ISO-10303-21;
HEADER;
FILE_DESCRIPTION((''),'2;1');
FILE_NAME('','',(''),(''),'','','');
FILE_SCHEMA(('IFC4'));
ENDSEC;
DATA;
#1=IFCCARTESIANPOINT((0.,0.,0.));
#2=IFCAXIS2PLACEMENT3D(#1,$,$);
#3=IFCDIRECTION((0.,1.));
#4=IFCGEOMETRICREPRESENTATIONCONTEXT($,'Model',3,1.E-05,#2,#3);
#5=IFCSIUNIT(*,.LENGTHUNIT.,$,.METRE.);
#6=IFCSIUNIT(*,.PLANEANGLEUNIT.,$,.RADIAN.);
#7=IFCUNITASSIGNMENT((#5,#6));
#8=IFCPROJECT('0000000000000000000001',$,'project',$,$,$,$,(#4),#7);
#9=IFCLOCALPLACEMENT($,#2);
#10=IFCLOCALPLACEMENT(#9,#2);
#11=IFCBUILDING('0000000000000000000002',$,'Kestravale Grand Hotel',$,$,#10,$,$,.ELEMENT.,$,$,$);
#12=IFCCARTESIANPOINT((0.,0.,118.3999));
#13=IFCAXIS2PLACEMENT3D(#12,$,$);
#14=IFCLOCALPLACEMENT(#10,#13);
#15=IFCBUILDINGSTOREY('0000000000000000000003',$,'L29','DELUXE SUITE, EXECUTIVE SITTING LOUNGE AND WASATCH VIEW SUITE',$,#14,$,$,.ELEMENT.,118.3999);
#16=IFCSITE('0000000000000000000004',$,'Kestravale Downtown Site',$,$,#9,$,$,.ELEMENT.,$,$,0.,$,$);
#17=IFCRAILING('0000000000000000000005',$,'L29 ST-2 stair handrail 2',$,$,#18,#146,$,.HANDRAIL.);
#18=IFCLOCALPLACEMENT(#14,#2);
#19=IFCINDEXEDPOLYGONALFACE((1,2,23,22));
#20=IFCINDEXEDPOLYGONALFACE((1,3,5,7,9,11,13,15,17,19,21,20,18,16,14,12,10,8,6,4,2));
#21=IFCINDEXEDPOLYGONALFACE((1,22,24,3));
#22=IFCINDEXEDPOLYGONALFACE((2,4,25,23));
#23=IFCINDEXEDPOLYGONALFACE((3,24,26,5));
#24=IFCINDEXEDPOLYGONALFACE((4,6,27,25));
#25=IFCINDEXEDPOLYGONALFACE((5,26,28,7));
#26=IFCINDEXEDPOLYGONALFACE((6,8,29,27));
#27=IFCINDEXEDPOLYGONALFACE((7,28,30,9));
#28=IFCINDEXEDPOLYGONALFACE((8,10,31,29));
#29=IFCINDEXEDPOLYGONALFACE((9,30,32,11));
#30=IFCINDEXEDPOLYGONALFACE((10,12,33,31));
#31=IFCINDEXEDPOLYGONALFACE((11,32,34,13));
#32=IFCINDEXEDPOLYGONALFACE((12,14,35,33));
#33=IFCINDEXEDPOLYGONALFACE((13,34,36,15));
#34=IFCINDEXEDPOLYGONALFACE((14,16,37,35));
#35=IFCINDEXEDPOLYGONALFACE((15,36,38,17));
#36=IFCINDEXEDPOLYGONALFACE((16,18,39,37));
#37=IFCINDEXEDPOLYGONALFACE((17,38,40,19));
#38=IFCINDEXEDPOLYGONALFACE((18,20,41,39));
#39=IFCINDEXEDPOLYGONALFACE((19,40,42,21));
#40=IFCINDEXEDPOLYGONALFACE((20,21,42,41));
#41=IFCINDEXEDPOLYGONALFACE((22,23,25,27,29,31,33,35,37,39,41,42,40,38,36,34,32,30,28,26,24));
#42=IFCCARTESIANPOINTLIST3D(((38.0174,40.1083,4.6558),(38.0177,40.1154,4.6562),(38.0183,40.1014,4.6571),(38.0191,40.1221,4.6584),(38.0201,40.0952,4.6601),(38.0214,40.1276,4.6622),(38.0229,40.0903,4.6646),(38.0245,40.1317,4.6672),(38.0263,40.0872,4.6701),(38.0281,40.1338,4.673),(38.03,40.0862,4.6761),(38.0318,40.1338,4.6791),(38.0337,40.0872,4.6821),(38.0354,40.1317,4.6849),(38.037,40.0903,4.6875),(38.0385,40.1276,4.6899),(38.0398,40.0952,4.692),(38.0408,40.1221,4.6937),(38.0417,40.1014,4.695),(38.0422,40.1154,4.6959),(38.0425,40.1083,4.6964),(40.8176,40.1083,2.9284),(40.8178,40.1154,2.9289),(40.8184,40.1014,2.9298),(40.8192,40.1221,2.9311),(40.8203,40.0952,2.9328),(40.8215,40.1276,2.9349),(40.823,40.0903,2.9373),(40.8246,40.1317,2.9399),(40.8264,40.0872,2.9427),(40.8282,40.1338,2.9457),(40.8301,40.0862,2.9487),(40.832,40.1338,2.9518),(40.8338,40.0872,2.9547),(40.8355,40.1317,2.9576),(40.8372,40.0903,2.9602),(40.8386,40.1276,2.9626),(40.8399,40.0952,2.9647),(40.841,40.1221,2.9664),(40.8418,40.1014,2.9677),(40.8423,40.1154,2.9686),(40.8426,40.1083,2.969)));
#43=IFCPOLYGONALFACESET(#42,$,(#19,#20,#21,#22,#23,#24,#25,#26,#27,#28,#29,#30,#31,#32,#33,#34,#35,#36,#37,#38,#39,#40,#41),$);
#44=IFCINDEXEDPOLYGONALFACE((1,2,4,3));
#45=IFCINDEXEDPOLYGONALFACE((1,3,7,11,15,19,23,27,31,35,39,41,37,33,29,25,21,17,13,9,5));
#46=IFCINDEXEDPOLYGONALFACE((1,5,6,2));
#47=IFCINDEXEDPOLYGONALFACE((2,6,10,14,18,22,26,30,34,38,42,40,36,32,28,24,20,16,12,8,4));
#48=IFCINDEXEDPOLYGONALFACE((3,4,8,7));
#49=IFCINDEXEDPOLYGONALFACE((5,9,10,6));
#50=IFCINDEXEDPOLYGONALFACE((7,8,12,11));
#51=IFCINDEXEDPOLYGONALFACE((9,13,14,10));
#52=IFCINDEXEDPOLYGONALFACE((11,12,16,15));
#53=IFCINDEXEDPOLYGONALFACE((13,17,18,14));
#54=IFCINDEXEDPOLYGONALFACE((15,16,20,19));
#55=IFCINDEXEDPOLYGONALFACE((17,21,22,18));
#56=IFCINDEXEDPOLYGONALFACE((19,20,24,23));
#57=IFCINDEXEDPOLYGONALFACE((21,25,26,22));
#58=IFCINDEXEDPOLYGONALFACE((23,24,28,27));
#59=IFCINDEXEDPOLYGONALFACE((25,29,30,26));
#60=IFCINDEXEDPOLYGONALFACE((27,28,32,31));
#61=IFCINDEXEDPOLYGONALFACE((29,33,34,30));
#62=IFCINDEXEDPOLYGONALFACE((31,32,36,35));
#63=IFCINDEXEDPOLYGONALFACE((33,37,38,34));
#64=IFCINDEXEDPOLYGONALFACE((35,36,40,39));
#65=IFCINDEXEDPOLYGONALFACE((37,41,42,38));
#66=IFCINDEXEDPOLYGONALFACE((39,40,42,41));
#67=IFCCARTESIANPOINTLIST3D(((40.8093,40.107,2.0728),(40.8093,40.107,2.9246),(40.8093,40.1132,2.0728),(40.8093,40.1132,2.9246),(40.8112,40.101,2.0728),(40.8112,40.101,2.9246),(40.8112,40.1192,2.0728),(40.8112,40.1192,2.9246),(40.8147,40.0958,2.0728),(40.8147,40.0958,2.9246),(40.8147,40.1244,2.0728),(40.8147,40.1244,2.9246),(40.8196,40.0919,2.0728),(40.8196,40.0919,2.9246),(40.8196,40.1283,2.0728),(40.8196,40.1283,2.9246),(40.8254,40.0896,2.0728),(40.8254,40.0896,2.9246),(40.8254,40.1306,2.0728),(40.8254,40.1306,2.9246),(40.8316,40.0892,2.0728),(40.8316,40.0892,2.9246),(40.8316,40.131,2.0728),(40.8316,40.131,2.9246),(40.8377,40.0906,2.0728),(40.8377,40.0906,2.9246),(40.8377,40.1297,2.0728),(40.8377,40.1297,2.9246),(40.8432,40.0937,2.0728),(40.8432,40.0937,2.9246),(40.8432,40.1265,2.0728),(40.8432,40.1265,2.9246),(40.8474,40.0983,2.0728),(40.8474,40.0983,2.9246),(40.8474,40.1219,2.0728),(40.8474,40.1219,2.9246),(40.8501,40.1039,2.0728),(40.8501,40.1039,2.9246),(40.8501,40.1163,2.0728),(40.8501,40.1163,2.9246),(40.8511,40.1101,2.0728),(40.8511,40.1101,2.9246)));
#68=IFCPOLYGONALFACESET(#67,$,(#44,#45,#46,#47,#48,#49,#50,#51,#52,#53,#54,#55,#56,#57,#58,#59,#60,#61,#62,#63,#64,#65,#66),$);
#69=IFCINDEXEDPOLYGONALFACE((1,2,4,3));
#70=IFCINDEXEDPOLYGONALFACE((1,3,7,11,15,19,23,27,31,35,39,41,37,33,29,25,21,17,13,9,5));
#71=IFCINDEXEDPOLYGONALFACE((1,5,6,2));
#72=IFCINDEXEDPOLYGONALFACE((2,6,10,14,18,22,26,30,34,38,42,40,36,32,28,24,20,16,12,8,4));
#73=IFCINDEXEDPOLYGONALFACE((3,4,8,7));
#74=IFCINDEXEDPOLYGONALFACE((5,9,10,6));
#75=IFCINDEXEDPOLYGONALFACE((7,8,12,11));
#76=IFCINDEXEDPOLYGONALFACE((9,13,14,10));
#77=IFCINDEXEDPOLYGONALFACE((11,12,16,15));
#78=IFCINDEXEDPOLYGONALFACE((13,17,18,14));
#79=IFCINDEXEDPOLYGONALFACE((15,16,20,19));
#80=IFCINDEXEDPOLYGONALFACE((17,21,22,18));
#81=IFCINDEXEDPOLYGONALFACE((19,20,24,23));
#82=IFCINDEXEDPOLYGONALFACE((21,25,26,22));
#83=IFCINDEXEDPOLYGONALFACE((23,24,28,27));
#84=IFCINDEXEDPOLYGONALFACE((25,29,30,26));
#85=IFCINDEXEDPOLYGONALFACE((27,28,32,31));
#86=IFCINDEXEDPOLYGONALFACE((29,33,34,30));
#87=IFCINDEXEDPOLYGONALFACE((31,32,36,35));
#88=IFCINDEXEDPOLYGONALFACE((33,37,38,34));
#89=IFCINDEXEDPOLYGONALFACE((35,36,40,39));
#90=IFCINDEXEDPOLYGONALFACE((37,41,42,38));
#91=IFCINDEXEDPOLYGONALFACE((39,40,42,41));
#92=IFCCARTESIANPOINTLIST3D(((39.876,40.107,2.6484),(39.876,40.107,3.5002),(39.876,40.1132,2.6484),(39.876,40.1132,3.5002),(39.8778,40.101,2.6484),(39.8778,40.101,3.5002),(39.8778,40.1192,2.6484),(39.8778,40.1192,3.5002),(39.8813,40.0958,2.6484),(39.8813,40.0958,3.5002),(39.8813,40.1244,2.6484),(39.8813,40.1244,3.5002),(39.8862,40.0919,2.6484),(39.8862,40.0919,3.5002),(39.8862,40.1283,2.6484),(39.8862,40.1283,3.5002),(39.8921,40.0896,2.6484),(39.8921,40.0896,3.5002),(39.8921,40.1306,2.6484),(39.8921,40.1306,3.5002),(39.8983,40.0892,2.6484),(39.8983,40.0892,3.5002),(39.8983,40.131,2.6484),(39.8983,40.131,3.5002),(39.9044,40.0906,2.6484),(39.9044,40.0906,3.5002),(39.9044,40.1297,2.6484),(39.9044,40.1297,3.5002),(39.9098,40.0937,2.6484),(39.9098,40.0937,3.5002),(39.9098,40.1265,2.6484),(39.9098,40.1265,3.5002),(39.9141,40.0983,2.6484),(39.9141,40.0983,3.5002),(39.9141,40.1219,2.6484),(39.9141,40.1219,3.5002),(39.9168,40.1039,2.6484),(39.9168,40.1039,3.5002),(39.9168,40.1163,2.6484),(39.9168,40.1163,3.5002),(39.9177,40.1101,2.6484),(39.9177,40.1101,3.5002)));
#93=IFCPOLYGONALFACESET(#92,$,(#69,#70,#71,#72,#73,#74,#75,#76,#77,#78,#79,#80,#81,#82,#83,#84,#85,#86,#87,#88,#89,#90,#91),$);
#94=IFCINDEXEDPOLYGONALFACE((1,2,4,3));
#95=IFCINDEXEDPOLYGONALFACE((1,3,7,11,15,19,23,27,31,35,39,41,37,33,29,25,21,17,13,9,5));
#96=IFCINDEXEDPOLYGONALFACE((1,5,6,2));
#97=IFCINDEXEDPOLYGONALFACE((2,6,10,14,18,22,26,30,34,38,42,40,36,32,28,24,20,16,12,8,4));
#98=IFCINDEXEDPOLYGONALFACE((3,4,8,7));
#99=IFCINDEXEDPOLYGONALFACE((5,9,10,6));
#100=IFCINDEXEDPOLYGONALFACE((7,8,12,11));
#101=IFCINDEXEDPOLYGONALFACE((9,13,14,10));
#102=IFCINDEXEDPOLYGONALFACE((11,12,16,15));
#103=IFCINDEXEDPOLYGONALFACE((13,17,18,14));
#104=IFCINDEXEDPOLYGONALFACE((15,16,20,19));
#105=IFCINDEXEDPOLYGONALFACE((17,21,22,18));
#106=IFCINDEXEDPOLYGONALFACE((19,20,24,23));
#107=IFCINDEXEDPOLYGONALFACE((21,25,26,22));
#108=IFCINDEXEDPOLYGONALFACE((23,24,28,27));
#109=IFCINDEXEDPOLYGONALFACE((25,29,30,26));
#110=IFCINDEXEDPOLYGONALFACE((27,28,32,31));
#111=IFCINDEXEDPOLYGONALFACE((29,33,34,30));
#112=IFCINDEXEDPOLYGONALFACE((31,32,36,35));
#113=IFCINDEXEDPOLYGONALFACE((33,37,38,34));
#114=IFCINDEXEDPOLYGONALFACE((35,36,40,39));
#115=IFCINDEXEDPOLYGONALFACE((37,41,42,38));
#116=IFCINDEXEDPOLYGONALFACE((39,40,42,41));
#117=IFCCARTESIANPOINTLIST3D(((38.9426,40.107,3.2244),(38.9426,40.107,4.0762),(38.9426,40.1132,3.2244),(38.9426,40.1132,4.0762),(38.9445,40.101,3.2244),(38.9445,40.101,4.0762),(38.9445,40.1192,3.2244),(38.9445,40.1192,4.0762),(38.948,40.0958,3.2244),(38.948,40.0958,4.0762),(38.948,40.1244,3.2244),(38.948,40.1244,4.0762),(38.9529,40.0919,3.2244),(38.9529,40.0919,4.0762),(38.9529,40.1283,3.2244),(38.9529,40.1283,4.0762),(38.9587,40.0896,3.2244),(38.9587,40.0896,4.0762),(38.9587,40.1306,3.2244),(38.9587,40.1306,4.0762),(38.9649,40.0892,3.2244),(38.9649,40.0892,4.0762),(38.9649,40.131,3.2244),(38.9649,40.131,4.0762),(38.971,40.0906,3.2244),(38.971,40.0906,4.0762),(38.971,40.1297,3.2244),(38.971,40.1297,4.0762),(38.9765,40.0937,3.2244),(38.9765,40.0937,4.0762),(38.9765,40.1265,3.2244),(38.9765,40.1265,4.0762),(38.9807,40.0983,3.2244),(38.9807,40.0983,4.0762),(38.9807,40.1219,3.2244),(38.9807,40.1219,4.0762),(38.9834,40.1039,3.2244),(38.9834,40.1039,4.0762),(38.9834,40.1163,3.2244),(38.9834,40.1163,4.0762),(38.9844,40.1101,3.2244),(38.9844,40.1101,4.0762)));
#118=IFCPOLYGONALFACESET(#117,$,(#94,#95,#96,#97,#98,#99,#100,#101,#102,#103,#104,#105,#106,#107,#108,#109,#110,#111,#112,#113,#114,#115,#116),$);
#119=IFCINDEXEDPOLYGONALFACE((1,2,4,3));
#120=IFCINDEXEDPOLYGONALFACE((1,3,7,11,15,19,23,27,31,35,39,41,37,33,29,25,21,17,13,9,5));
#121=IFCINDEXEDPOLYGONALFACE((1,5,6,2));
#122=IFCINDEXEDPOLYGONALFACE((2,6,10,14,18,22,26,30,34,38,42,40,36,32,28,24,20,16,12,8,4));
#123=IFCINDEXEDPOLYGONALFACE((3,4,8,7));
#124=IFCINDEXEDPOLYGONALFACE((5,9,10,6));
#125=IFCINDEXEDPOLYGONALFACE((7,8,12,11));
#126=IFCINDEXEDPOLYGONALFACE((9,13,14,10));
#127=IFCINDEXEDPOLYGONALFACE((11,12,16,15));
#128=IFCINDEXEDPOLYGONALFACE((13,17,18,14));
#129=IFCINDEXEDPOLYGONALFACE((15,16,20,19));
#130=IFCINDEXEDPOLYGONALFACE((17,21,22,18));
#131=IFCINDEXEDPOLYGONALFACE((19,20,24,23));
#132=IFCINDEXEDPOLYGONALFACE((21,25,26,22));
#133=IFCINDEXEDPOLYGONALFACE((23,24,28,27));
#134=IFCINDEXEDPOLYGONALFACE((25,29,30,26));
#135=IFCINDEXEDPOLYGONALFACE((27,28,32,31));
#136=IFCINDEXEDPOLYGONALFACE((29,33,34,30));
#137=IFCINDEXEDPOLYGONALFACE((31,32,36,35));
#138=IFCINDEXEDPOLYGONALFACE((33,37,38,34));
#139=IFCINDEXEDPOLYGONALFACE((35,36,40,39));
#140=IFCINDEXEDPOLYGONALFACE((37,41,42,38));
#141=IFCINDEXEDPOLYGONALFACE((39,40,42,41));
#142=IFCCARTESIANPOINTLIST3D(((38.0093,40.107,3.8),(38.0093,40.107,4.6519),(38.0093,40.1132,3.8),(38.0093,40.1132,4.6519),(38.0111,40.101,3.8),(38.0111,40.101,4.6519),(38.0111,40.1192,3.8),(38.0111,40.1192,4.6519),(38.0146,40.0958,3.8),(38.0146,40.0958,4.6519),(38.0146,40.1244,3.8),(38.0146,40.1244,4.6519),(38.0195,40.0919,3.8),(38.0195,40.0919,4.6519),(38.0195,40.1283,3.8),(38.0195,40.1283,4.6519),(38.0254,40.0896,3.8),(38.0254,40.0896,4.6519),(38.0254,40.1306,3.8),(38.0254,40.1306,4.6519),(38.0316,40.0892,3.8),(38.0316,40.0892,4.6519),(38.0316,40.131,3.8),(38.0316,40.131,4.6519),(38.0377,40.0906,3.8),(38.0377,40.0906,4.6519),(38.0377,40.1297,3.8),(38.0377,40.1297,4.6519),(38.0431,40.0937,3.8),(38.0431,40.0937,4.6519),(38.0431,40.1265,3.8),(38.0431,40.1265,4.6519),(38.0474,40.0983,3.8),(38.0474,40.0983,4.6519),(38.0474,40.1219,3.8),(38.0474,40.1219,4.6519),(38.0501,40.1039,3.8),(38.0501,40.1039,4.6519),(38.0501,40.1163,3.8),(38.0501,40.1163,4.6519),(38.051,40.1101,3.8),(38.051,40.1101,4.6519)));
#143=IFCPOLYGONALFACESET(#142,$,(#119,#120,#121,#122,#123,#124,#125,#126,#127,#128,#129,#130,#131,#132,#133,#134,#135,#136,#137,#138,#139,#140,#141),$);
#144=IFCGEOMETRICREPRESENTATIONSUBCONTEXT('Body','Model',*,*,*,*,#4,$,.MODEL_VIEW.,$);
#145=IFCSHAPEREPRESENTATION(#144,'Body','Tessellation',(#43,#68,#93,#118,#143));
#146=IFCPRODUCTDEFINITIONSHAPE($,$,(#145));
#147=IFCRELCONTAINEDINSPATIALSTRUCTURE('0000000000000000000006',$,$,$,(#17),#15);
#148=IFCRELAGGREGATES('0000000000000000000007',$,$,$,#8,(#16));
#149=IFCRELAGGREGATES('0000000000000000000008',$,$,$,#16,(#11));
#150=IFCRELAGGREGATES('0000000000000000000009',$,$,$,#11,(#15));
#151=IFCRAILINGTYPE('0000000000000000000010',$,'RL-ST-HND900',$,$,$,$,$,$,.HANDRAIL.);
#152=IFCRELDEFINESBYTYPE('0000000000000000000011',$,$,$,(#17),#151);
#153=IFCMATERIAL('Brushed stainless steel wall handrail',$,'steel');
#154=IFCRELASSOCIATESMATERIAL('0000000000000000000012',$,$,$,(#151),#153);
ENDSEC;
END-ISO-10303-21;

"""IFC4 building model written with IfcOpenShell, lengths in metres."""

from ifc_helpers import new_model, si_unit, direction, frame, origin, origin_2d, place, context, subcontext, project, spatial, circle, extrude, material, type_object, element, save


model = new_model("IFC4")

# Units and contexts
model_context = context("Model", 3, precision=1e-05, world=origin(), true_north=direction((0.0, 1.0)))
body_context = subcontext(model_context, "Body", "Model", "MODEL_VIEW")
ifc_project = project(units=[si_unit("LENGTHUNIT", "METRE"), si_unit("PLANEANGLEUNIT", "RADIAN")], contexts=[model_context])

# Site, building, storey
site_placement = place(None, origin())
site = spatial("IfcSite", under=ifc_project, at=site_placement, Name="Kestravale Downtown Site", CompositionType="ELEMENT", RefElevation=0.0)
building_placement = place(site_placement, origin())
building = spatial("IfcBuilding", under=site, at=building_placement, Name="Kestravale Grand Hotel", CompositionType="ELEMENT")
storey_placement = place(building_placement, frame((0.0, 0.0, 118.3999)))
storey = spatial("IfcBuildingStorey", under=building, at=storey_placement, Name="L29", Description="DELUXE SUITE, EXECUTIVE SITTING LOUNGE AND WASATCH VIEW SUITE", CompositionType="ELEMENT", Elevation=118.3999)

# Railing
ifc_material_1 = material(Name="Brushed stainless steel wall handrail", Category="steel")
railing_type_1 = type_object("IfcRailingType", Name="RL-ST-HND900", PredefinedType="HANDRAIL", material=ifc_material_1)
railing_1_placement = place(storey_placement, frame((40.8301, 40.1101, 2.0728)))
element("IfcRailing", 1, at=railing_1_placement, inside=storey, type_object=railing_type_1, Name="L29 ST-2 stair handrail 2", PredefinedType="HANDRAIL", context=body_context, shape_type="SweptSolid", body=[
    extrude(circle(Radius=0.0239, at=origin_2d()), frame((0.0, 0.0, 0.876), z_axis=(-0.85109, 0.0, 0.52502), x_axis=(0.0, -1.0, 0.0)), (0.0, 0.0, 1.0), 3.29),
    extrude(circle(Radius=0.021, at=origin_2d()), origin(), (0.0, 0.0, 1.0), 0.8518),
    extrude(circle(Radius=0.021, at=origin_2d()), frame((-0.9333, 0.0, 0.5757)), (0.0, 0.0, 1.0), 0.8518),
    extrude(circle(Radius=0.021, at=origin_2d()), frame((-1.8667, 0.0, 1.1516)), (0.0, 0.0, 1.0), 0.8518),
    extrude(circle(Radius=0.021, at=origin_2d()), frame((-2.8, 0.0, 1.7273)), (0.0, 0.0, 1.0), 0.8518),
])

save(model, "model.ifc")
